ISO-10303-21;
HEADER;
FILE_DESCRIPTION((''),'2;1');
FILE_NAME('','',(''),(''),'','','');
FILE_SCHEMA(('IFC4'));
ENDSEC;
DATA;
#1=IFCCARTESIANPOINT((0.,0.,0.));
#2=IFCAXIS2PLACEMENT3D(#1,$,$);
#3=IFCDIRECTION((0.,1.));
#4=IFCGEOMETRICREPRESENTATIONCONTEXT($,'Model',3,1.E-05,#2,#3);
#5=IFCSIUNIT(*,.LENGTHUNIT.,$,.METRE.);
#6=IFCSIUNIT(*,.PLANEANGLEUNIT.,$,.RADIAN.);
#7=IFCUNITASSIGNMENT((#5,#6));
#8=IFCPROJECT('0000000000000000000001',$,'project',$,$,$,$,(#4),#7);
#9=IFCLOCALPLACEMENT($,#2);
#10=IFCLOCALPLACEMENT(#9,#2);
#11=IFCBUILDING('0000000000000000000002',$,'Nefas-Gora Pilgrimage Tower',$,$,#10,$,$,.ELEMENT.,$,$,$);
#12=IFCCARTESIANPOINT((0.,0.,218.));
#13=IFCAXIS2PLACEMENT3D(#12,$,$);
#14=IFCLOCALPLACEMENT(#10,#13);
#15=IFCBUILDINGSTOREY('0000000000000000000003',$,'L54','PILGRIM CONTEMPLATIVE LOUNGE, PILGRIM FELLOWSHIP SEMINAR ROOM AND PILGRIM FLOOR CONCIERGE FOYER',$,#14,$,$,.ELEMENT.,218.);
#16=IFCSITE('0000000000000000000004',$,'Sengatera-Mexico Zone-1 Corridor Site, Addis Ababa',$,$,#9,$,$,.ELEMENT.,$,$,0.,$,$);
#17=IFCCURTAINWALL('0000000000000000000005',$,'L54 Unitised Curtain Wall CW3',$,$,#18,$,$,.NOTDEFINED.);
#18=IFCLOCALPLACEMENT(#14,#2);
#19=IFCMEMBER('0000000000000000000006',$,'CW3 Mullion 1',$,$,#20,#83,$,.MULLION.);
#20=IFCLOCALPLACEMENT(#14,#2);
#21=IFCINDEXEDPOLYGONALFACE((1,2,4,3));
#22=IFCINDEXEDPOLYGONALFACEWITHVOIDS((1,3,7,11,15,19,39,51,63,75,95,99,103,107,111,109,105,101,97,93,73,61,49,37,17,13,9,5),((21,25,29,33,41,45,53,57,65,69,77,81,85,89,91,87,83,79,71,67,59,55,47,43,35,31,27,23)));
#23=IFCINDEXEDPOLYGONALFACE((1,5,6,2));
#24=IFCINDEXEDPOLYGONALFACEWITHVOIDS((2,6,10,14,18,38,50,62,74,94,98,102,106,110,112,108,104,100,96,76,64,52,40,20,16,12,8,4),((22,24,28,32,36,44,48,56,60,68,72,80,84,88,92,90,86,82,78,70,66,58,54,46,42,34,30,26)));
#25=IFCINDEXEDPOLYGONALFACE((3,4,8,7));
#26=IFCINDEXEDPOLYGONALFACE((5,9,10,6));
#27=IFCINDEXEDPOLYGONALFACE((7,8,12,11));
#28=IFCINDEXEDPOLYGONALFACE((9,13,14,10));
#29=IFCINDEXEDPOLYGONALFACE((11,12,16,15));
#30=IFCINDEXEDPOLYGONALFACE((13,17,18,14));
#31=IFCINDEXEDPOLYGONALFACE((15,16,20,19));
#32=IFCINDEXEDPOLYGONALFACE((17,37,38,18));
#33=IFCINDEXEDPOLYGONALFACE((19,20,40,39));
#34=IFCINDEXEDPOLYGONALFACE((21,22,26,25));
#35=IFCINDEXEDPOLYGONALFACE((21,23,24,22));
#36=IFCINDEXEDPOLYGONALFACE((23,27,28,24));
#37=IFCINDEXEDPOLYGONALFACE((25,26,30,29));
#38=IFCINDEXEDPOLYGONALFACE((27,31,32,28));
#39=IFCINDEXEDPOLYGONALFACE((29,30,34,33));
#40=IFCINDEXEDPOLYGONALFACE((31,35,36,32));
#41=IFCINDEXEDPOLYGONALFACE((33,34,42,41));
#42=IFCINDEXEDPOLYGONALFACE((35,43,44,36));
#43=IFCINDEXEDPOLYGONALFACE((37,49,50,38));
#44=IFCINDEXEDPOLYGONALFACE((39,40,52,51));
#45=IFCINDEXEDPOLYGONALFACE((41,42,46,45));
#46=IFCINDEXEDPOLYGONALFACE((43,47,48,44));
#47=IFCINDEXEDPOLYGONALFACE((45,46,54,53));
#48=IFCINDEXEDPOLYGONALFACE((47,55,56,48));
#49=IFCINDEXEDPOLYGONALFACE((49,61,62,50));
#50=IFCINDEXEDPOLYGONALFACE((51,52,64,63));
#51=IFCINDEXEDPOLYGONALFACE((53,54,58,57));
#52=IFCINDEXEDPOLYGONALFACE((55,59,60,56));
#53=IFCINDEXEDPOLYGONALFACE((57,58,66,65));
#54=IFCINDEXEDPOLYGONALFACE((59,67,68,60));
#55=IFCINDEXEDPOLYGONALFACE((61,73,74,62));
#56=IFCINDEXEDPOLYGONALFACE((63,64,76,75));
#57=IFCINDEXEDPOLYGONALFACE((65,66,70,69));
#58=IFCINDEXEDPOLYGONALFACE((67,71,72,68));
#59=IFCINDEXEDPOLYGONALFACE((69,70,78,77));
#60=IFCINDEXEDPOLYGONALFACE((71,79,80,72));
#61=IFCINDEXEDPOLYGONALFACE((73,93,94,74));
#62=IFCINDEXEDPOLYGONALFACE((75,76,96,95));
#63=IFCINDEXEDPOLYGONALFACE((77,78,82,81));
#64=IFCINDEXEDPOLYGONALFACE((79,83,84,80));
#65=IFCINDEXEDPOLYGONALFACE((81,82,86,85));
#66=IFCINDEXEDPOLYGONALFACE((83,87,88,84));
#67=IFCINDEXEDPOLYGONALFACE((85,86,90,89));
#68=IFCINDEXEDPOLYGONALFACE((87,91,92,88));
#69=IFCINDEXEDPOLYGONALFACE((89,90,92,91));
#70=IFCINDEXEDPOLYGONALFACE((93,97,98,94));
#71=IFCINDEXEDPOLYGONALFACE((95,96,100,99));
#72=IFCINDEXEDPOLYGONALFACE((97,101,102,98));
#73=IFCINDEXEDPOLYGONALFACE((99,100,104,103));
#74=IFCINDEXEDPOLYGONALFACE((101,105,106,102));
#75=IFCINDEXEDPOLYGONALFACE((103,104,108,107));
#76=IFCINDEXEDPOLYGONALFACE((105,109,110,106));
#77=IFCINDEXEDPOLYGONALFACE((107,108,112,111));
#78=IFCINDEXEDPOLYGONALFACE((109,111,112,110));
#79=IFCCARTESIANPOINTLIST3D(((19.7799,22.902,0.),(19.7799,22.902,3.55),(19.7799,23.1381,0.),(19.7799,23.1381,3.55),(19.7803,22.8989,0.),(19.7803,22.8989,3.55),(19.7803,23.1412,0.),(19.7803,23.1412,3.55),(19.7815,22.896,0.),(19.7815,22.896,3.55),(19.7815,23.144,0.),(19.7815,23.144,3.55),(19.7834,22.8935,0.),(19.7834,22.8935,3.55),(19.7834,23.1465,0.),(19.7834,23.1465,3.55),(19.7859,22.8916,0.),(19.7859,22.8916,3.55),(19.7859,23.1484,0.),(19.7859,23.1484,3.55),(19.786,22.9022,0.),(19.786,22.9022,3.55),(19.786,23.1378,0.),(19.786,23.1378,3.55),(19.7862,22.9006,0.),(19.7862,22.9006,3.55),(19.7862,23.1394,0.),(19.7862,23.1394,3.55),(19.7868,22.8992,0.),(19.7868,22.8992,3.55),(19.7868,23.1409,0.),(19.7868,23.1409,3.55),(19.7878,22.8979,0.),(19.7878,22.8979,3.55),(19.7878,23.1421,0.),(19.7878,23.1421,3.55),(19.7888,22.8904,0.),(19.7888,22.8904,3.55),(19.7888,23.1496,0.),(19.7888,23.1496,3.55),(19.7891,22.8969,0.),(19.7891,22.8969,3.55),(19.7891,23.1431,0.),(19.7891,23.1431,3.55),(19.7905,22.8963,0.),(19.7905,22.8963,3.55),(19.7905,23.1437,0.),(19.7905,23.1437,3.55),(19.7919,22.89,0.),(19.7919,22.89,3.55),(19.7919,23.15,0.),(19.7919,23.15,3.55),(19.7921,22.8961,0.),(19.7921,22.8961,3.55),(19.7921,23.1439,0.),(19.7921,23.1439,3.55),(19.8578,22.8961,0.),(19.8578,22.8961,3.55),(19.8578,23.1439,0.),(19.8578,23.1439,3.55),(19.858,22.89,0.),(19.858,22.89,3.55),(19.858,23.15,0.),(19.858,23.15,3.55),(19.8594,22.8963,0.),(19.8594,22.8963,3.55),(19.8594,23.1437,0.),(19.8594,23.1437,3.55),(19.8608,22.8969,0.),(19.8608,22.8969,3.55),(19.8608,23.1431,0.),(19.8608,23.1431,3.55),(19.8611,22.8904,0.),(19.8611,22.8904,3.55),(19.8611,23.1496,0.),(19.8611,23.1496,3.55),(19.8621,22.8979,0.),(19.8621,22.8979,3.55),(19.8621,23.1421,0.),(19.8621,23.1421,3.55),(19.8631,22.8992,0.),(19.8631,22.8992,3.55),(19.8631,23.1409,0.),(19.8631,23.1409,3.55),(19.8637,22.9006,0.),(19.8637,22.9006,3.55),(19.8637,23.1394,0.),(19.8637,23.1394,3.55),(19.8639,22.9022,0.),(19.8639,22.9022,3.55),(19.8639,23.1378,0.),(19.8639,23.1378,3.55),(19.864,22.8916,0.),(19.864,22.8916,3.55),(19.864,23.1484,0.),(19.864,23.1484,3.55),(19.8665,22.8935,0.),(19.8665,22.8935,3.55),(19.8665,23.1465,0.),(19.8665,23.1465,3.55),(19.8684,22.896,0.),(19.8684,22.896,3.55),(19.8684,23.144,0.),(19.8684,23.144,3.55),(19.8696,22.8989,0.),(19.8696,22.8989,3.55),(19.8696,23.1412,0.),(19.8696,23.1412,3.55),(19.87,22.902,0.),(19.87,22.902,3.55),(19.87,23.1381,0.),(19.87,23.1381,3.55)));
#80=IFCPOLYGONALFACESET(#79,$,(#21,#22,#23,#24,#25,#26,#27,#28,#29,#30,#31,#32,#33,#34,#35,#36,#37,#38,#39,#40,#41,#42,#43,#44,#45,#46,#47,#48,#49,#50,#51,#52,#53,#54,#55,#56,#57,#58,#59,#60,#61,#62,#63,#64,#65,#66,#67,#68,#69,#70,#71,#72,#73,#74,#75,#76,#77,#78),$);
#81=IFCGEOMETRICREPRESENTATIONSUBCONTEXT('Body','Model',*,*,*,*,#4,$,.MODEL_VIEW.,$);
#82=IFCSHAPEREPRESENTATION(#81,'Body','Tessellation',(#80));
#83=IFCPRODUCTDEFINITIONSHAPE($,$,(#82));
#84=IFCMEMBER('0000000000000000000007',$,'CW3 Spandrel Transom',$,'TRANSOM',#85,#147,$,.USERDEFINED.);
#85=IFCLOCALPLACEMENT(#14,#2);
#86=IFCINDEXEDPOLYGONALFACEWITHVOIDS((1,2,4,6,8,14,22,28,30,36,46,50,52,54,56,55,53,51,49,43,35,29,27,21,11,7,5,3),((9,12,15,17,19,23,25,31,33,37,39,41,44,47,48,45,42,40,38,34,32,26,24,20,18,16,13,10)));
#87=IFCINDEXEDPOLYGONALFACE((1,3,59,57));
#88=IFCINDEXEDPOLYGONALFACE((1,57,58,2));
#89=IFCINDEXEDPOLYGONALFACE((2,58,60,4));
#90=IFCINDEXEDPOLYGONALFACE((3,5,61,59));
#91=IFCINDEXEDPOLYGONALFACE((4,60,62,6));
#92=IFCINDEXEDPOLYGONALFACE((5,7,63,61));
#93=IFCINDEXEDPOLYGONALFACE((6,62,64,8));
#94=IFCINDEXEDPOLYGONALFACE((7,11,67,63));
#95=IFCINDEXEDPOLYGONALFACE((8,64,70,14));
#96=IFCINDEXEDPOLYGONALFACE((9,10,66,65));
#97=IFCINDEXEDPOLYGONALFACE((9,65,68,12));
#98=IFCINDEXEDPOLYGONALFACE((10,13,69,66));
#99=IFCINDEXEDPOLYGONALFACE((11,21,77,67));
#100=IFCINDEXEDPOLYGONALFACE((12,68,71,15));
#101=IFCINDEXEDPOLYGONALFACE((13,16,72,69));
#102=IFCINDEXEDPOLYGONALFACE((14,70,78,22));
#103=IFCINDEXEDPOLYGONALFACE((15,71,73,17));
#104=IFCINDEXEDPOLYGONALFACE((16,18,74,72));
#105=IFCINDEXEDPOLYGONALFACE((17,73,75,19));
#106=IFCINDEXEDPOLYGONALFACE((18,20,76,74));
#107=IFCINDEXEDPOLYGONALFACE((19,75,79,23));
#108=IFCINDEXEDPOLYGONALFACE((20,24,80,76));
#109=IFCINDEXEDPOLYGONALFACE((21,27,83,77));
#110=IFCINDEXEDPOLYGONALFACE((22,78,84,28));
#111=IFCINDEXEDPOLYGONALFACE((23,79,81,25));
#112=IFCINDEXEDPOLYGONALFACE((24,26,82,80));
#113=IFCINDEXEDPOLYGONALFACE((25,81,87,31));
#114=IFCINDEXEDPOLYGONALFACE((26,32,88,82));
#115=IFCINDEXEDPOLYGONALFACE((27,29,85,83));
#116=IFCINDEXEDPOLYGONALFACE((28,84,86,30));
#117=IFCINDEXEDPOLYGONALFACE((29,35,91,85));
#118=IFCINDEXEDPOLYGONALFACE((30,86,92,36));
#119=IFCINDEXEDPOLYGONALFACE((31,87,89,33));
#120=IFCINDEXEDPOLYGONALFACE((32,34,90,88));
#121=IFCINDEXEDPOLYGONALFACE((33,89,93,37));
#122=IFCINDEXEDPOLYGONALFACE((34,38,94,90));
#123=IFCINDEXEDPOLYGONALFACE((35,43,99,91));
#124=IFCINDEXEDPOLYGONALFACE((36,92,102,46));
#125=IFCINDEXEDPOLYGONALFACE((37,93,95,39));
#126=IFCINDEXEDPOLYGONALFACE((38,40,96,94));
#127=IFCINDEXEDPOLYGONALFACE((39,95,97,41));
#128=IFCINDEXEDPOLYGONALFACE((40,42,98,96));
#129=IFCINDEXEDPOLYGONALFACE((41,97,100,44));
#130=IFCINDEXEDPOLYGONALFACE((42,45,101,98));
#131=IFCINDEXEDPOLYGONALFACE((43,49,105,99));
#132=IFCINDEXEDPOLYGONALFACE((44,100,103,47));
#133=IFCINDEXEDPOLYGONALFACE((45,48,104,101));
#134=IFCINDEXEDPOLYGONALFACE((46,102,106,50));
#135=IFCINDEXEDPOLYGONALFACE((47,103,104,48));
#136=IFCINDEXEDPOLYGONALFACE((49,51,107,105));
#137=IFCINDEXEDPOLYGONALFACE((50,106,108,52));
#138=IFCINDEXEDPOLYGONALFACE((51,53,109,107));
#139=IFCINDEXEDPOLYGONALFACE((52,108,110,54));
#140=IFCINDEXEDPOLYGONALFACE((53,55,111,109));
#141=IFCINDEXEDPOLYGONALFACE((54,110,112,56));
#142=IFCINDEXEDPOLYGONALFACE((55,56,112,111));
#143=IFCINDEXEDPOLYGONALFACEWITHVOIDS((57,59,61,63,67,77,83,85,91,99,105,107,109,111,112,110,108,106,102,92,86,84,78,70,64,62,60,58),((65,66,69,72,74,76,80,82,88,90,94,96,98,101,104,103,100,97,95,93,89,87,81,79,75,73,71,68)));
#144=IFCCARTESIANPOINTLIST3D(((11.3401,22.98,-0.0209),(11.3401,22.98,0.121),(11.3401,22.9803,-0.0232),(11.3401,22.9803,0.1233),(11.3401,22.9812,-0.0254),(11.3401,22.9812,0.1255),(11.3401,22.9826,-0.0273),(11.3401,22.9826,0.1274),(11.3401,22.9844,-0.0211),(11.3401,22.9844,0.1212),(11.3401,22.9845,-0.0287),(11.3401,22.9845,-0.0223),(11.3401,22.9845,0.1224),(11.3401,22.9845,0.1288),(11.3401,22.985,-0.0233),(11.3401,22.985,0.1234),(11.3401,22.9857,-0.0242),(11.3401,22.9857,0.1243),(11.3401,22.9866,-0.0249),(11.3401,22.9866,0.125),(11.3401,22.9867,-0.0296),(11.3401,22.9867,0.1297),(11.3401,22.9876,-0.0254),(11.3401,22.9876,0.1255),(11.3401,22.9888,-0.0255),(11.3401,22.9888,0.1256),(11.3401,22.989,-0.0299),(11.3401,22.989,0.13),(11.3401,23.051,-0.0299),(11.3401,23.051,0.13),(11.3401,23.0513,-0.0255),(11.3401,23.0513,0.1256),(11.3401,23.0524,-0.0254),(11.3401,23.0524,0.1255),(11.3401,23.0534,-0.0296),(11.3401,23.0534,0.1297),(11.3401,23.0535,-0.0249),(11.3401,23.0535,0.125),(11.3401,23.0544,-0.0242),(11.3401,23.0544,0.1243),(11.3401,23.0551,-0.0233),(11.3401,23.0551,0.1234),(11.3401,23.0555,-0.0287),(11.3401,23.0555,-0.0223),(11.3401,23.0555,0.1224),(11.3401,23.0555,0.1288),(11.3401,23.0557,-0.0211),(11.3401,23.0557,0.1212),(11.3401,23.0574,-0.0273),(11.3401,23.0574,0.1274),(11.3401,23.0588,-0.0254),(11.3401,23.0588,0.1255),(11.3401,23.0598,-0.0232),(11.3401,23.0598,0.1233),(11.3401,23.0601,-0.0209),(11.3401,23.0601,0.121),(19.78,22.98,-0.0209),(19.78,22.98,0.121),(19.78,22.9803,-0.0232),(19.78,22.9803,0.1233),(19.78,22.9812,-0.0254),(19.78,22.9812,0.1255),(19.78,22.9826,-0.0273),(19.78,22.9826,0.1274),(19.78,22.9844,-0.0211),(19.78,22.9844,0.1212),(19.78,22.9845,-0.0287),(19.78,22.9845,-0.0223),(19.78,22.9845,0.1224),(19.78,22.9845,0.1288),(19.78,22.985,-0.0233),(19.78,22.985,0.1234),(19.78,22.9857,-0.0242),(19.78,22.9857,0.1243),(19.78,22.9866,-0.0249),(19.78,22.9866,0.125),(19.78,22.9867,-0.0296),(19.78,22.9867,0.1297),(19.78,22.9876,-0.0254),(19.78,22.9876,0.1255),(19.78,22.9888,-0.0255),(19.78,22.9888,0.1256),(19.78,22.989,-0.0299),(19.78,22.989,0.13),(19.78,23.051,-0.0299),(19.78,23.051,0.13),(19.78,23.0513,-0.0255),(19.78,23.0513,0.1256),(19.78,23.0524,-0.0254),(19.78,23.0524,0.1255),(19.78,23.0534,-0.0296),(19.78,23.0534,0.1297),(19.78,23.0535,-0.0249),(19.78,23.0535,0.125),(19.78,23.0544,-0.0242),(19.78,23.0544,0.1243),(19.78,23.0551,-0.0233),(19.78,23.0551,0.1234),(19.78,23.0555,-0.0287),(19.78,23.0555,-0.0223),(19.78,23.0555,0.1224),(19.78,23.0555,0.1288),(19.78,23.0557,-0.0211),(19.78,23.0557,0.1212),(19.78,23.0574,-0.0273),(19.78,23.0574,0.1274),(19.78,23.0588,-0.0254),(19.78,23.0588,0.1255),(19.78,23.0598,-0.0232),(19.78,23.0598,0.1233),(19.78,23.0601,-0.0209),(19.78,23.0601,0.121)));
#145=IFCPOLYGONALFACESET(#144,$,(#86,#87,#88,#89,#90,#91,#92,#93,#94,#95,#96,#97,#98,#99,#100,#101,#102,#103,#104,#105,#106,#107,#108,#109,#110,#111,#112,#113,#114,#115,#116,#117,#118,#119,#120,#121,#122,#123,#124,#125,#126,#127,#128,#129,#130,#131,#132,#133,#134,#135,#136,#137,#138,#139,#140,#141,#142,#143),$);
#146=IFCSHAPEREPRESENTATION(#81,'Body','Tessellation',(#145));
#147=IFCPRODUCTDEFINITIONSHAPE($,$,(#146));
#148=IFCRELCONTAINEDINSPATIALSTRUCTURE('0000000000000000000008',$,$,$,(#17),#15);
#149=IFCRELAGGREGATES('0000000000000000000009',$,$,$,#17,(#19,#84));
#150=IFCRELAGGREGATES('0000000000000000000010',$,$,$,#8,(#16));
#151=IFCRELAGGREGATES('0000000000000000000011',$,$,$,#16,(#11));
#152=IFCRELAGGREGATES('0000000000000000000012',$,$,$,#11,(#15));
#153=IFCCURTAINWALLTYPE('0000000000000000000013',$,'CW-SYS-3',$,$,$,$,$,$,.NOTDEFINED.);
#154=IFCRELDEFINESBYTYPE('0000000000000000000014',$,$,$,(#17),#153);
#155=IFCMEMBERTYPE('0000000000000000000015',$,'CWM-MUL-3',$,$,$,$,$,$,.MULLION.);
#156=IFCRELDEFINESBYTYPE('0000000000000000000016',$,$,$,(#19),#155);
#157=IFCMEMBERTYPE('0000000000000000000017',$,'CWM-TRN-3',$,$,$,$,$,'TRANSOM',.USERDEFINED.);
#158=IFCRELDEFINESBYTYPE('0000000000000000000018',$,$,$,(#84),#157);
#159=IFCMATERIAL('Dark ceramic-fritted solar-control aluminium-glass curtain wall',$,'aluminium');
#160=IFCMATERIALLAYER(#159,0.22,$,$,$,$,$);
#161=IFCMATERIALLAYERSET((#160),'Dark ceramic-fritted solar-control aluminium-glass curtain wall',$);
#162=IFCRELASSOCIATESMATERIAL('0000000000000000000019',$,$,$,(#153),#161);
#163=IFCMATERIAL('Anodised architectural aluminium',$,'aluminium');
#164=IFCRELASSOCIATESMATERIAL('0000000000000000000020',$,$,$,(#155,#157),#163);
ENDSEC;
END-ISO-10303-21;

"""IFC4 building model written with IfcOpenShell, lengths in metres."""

from ifc_helpers import new_model, si_unit, direction, frame, origin, origin_2d, place, context, subcontext, project, spatial, hollow_rectangle, extrude, source, transform, mapped, material, layer, layer_set, material_profile, profile_set, type_object, element, aggregate, save


model = new_model("IFC4")

# Units and contexts
model_context = context("Model", 3, precision=1e-05, world=origin(), true_north=direction((0.0, 1.0)))
body_context = subcontext(model_context, "Body", "Model", "MODEL_VIEW")
ifc_project = project(units=[si_unit("LENGTHUNIT", "METRE"), si_unit("PLANEANGLEUNIT", "RADIAN")], contexts=[model_context])

# Site, building, storey
site_placement = place(None, origin())
site = spatial("IfcSite", under=ifc_project, at=site_placement, Name="Sengatera-Mexico Zone-1 Corridor Site, Addis Ababa", CompositionType="ELEMENT", RefElevation=0.0)
building_placement = place(site_placement, origin())
building = spatial("IfcBuilding", under=site, at=building_placement, Name="Nefas-Gora Pilgrimage Tower", CompositionType="ELEMENT")
storey_placement = place(building_placement, frame((0.0, 0.0, 218.0)))
storey = spatial("IfcBuildingStorey", under=building, at=storey_placement, Name="L54", Description="PILGRIM CONTEMPLATIVE LOUNGE, PILGRIM FELLOWSHIP SEMINAR ROOM AND PILGRIM FLOOR CONCIERGE FOYER", CompositionType="ELEMENT", Elevation=218.0)

# Curtain wall, members
ifc_material_1 = material(Name="Dark ceramic-fritted solar-control aluminium-glass curtain wall", Category="aluminium")
ifc_layer_1 = layer(ifc_material_1, 0.22)
ifc_layer_set_1 = layer_set([ifc_layer_1], Name="Dark ceramic-fritted solar-control aluminium-glass curtain wall")
curtain_wall_type = type_object("IfcCurtainWallType", Name="CW-SYS-3", PredefinedType="NOTDEFINED", material=ifc_layer_set_1)
ifc_material_2 = material(Name="Anodised architectural aluminium", Category="aluminium")
ifc_material_profile_1 = material_profile(ifc_material_2, hollow_rectangle(XDim=0.0901, YDim=0.26, WallThickness=0.0061, InnerFilletRadius=0.0061, OuterFilletRadius=0.012, at=origin_2d()), Name="ALU MULLION 90x260")
ifc_profile_set_1 = profile_set([ifc_material_profile_1], Name="Anodised architectural aluminium")
member_type_1 = type_object("IfcMemberType", Name="CWM-MUL-3", PredefinedType="MULLION", material=ifc_profile_set_1)
shared_shape_1 = source(origin(), body_context, "Body", "SweptSolid", [
    extrude(hollow_rectangle(XDim=0.0901, YDim=0.26, WallThickness=0.0061, InnerFilletRadius=0.0061, OuterFilletRadius=0.012, at=origin_2d()), origin(), (0.0, 0.0, 1.0), 3.55),
])
curtain_wall_1_placement = place(storey_placement, origin())
curtain_wall_1 = element("IfcCurtainWall", 1, at=curtain_wall_1_placement, inside=storey, type_object=curtain_wall_type, Name="L54 Unitised Curtain Wall CW3", PredefinedType="NOTDEFINED")
member_1_placement = place(storey_placement, frame((19.825, 23.02, 0.0), z_axis=(0.0, 0.0, 1.0), x_axis=(-1.0, 0.0, 0.0)))
member_1 = element("IfcMember", 2, at=member_1_placement, type_object=member_type_1, Name="CW3 Mullion 1", PredefinedType="MULLION", context=body_context, shape_type="MappedRepresentation", body=[
    mapped(shared_shape_1, transform((0.0, 0.0, 0.0), x_axis=(1.0, 0.0, 0.0), y_axis=(0.0, 1.0, 0.0), z_axis=(0.0, 0.0, 1.0), scale=1.0)),
])
ifc_material_profile_2 = material_profile(ifc_material_2, hollow_rectangle(XDim=0.0801, YDim=0.1599, WallThickness=0.0044, InnerFilletRadius=0.0044, OuterFilletRadius=0.009, at=origin_2d()), Name="ALU TRANSOM 80x160")
ifc_profile_set_2 = profile_set([ifc_material_profile_2], Name="Anodised architectural aluminium")
member_type_2 = type_object("IfcMemberType", Name="CWM-TRN-3", ElementType="TRANSOM", PredefinedType="USERDEFINED", material=ifc_profile_set_2)
shared_shape_2 = source(origin(), body_context, "Body", "SweptSolid", [
    extrude(hollow_rectangle(XDim=0.0801, YDim=0.1599, WallThickness=0.0044, InnerFilletRadius=0.0044, OuterFilletRadius=0.009, at=origin_2d()), origin(), (0.0, 0.0, 1.0), 8.4399),
])
member_2_placement = place(storey_placement, frame((19.78, 23.02, 0.05), z_axis=(-1.0, 0.0, 0.0), x_axis=(0.0, -1.0, 0.0)))
member_2 = element("IfcMember", 3, at=member_2_placement, type_object=member_type_2, Name="CW3 Spandrel Transom", ObjectType="TRANSOM", PredefinedType="USERDEFINED", context=body_context, shape_type="MappedRepresentation", body=[
    mapped(shared_shape_2, transform((0.0, 0.0, 0.0), x_axis=(1.0, 0.0, 0.0), y_axis=(0.0, 1.0, 0.0), z_axis=(0.0, 0.0, 1.0), scale=1.0)),
])

aggregate(curtain_wall_1, [member_1, member_2])

save(model, "model.ifc")
